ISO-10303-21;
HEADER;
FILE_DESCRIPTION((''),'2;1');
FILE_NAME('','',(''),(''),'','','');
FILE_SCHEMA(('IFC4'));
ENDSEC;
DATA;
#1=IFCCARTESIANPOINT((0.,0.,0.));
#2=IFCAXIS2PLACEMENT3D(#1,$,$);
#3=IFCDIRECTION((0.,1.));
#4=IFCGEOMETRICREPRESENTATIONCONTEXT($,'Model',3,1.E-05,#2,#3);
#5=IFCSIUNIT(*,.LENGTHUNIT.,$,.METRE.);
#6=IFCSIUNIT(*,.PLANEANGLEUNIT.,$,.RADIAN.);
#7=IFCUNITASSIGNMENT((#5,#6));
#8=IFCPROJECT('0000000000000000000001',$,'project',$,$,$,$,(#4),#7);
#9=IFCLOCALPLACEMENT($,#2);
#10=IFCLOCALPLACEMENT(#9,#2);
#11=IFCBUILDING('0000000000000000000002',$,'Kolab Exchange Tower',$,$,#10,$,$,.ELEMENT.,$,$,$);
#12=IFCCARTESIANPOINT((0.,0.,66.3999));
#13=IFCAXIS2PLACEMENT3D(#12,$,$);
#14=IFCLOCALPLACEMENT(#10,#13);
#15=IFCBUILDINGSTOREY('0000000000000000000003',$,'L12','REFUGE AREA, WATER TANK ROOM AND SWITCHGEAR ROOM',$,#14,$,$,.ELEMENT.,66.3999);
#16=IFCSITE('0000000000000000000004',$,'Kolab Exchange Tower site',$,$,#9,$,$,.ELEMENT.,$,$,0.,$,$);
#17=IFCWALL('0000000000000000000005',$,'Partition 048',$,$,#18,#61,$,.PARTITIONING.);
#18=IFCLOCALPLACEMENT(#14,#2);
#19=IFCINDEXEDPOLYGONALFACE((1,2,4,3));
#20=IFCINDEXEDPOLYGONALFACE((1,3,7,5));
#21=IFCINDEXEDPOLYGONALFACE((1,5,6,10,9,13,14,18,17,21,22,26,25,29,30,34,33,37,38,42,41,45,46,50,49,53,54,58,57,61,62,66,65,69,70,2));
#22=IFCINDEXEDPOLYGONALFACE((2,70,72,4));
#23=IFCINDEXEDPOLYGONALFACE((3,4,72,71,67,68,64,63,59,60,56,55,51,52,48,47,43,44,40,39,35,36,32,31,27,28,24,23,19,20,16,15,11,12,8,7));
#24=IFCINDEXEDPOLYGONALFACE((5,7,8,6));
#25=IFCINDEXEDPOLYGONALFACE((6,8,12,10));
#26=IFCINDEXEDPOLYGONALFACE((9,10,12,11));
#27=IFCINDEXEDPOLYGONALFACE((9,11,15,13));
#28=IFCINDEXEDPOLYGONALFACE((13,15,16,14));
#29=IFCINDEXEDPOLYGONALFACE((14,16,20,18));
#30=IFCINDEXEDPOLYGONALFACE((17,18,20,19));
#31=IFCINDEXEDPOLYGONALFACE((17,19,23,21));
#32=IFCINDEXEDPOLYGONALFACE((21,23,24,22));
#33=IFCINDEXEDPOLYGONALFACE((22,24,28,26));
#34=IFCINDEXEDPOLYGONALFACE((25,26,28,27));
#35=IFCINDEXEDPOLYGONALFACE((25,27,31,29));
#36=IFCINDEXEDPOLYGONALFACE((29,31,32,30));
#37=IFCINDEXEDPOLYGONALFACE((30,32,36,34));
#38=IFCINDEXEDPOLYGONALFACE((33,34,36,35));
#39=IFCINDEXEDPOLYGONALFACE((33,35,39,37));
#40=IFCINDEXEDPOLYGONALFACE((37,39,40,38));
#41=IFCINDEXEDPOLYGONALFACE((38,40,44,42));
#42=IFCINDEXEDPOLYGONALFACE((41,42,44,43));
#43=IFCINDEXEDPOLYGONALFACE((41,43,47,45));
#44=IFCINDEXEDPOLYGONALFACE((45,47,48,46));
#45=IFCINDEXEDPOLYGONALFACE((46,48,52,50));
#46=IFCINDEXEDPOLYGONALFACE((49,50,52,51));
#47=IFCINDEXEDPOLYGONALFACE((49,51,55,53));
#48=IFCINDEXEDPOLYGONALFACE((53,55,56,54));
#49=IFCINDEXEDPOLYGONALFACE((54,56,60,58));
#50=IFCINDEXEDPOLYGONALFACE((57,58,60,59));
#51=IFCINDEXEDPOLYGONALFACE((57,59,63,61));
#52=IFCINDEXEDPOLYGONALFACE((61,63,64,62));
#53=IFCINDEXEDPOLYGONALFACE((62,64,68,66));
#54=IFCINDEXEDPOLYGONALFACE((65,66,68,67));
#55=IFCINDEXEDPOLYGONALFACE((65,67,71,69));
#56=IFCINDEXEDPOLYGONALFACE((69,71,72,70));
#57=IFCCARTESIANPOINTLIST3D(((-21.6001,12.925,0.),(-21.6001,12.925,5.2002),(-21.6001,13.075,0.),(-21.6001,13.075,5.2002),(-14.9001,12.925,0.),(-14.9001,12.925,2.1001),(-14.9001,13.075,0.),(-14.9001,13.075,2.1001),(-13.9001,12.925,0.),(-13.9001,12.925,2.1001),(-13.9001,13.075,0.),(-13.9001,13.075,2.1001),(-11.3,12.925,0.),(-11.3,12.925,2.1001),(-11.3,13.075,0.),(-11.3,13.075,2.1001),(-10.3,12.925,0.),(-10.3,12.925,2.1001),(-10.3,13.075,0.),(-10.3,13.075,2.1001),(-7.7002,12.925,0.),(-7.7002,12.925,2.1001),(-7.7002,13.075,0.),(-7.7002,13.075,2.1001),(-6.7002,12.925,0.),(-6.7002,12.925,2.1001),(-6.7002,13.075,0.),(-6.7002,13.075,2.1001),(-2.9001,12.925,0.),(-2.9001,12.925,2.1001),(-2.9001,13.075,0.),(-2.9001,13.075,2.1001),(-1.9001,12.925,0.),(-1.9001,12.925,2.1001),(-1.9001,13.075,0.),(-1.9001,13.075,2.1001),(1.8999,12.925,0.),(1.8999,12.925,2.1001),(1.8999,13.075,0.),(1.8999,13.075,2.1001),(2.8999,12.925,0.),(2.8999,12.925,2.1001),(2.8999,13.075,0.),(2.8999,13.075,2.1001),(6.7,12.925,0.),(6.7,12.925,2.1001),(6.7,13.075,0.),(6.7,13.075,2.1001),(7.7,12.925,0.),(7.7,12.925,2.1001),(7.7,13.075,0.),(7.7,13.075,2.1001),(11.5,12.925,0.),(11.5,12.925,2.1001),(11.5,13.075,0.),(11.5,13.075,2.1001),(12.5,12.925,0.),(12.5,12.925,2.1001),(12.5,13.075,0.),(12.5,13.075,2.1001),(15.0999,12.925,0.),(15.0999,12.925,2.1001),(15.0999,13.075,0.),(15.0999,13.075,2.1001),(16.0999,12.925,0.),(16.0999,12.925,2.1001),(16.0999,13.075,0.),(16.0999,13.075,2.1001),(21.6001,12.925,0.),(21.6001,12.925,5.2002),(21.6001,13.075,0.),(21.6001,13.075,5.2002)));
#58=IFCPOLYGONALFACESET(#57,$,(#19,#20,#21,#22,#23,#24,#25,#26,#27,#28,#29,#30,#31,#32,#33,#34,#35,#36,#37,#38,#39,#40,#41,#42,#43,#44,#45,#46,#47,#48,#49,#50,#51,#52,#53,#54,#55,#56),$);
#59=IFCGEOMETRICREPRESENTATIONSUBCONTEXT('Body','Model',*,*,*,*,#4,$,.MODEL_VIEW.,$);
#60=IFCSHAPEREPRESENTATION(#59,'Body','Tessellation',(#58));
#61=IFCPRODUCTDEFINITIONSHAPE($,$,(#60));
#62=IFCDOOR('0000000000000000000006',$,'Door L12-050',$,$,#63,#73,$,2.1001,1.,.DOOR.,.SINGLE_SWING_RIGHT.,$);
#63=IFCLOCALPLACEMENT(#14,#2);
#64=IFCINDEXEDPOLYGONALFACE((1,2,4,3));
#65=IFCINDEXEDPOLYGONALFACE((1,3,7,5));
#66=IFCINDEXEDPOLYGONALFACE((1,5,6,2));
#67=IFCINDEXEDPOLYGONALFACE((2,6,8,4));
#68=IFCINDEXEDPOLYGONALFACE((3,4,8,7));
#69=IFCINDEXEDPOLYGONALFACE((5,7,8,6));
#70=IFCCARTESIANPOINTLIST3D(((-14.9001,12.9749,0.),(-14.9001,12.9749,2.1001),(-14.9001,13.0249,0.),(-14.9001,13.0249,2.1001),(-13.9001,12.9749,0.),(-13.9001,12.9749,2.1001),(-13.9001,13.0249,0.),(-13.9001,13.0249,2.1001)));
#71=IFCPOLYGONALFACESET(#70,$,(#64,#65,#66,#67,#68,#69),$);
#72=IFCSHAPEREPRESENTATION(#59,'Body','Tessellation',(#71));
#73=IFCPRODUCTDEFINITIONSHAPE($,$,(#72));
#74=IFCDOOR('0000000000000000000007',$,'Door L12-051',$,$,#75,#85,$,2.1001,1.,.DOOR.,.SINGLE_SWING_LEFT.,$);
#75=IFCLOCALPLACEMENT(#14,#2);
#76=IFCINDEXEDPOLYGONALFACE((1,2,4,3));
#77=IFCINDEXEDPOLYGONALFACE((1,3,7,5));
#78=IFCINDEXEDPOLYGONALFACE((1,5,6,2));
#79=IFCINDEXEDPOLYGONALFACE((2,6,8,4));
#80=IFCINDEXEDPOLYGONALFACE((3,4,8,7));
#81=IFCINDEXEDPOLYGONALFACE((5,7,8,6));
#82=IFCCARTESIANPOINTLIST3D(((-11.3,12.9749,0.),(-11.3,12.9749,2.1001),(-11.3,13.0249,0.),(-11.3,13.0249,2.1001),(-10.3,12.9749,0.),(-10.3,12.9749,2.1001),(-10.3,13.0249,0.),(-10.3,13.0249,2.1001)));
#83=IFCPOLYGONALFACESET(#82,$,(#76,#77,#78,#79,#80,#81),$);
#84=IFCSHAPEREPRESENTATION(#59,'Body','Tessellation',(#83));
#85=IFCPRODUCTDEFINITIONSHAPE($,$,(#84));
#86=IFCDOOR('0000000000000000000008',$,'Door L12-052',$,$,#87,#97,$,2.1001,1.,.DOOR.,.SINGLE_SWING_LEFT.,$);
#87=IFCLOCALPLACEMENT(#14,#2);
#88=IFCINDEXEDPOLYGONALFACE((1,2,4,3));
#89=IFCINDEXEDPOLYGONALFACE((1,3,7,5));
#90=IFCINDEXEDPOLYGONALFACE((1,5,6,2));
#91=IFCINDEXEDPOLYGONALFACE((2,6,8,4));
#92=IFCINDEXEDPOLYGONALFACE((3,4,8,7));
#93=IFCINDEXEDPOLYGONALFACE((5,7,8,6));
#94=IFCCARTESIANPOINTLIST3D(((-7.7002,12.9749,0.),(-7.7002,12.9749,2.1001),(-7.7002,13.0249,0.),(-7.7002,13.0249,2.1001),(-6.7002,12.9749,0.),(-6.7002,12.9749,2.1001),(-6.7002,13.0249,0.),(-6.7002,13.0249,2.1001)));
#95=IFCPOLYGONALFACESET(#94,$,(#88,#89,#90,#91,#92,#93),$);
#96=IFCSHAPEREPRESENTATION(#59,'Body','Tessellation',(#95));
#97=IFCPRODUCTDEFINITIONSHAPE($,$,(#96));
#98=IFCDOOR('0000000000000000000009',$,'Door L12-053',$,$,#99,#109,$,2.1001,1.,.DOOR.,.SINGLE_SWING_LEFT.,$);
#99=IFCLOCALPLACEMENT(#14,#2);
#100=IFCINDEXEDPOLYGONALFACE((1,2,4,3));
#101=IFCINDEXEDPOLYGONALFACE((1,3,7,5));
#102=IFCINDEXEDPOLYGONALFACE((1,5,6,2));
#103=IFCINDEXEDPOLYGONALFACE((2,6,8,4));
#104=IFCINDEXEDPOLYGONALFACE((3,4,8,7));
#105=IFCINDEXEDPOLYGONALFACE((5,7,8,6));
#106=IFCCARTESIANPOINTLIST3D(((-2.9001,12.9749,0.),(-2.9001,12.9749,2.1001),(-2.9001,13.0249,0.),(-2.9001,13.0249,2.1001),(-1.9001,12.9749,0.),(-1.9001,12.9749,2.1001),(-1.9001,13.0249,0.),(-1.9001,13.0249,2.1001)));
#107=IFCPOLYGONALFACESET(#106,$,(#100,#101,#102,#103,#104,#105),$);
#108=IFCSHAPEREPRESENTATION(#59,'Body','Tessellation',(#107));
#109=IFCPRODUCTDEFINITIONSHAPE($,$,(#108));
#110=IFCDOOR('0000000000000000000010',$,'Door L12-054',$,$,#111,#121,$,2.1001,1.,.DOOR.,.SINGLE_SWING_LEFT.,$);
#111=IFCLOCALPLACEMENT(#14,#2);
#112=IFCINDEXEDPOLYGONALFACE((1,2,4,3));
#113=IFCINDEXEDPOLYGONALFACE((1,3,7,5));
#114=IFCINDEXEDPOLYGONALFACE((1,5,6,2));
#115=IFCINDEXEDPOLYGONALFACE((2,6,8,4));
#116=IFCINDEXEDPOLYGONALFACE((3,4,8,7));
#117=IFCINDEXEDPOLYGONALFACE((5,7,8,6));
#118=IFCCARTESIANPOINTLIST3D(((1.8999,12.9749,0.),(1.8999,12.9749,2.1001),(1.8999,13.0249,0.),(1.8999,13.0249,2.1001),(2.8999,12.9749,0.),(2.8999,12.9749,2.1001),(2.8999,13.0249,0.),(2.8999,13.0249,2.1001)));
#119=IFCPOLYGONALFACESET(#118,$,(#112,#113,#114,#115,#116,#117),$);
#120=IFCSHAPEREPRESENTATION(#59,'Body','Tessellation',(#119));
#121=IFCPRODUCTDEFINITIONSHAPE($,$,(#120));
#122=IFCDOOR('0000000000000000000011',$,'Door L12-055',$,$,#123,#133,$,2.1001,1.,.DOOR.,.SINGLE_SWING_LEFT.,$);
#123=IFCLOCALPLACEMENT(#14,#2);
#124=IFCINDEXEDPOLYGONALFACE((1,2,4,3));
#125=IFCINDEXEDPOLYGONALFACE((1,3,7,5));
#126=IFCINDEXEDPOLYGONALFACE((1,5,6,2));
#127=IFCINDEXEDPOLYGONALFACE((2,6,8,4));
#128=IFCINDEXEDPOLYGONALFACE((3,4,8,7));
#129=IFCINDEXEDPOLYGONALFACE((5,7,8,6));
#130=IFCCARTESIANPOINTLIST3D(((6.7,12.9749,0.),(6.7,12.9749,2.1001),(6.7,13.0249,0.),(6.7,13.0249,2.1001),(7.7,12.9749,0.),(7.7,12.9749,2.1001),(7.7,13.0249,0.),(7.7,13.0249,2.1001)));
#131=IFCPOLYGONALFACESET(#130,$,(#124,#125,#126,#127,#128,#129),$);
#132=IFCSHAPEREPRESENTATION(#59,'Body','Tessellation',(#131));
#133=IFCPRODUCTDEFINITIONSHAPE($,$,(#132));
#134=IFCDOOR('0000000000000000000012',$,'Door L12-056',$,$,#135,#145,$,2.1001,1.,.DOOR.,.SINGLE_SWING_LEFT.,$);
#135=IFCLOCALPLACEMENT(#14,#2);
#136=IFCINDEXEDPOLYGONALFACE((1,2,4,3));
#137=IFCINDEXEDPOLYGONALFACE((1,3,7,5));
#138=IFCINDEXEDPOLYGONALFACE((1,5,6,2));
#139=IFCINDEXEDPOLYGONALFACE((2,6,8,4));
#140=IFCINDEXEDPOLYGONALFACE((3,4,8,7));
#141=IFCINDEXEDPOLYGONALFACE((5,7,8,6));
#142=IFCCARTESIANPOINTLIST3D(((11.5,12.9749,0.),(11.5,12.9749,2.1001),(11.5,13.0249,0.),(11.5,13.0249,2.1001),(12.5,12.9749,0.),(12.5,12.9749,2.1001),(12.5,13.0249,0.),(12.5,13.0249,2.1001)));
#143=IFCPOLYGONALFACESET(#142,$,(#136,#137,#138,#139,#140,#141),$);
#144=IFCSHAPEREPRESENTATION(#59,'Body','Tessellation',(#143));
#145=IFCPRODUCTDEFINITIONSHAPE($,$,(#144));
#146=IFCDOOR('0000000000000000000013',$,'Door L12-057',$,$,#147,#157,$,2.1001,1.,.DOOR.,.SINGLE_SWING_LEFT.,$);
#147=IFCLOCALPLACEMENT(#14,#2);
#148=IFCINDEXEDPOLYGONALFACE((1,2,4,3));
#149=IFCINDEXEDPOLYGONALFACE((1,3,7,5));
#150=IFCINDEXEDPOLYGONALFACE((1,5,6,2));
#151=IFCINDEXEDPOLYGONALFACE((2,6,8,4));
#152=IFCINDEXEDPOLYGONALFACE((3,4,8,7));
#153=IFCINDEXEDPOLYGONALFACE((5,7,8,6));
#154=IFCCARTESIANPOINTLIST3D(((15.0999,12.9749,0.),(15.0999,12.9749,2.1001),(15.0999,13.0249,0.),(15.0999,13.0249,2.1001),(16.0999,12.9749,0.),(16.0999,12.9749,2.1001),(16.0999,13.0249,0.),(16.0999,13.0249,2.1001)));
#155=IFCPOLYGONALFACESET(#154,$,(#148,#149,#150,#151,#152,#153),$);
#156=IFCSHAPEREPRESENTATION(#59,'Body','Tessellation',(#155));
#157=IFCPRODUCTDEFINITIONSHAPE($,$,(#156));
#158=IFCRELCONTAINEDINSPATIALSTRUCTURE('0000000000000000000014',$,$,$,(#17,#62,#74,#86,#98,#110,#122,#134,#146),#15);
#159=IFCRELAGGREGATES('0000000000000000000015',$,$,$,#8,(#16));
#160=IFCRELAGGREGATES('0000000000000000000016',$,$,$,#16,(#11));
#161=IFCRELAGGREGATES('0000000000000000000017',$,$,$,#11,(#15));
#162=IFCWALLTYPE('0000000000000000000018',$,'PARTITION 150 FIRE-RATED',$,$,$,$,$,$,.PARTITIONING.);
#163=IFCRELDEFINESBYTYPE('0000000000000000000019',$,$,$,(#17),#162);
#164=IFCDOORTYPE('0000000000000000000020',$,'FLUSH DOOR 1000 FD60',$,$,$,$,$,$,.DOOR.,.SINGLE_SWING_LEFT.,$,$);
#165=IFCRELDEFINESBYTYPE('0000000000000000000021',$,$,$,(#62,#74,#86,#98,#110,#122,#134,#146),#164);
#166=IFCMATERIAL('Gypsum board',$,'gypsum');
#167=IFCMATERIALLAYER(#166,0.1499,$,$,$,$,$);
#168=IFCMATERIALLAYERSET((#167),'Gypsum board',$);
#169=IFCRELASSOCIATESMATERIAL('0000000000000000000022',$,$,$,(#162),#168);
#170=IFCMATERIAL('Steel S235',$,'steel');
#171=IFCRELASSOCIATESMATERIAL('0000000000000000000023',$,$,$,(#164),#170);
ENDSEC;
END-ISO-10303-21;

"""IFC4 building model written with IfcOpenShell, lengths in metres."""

from ifc_helpers import new_model, si_unit, direction, frame, frame_2d, origin, place, context, subcontext, project, spatial, rectangle, extrude, material, layer, layer_set, type_object, element, fill, save


model = new_model("IFC4")

# Units and contexts
model_context = context("Model", 3, precision=1e-05, world=origin(), true_north=direction((0.0, 1.0)))
body_context = subcontext(model_context, "Body", "Model", "MODEL_VIEW")
ifc_project = project(units=[si_unit("LENGTHUNIT", "METRE"), si_unit("PLANEANGLEUNIT", "RADIAN")], contexts=[model_context])

# Site, building, storey
site_placement = place(None, origin())
site = spatial("IfcSite", under=ifc_project, at=site_placement, Name="Kolab Exchange Tower site", CompositionType="ELEMENT", RefElevation=0.0)
building_placement = place(site_placement, origin())
building = spatial("IfcBuilding", under=site, at=building_placement, Name="Kolab Exchange Tower", CompositionType="ELEMENT")
storey_placement = place(building_placement, frame((0.0, 0.0, 66.3999)))
storey = spatial("IfcBuildingStorey", under=building, at=storey_placement, Name="L12", Description="REFUGE AREA, WATER TANK ROOM AND SWITCHGEAR ROOM", CompositionType="ELEMENT", Elevation=66.3999)

# Shared definitions
ifc_material_1 = material(Name="Gypsum board", Category="gypsum")
ifc_layer_1 = layer(ifc_material_1, 0.1499)
ifc_layer_set_1 = layer_set([ifc_layer_1], Name="Gypsum board")
wall_type = type_object("IfcWallType", Name="PARTITION 150 FIRE-RATED", PredefinedType="PARTITIONING", material=ifc_layer_set_1)

# Wall, openings, doors
wall_1_placement = place(storey_placement, frame((-21.6001, 13.0, 0.0), z_axis=(0.0, 0.0, 1.0), x_axis=(1.0, 0.0, 0.0)))
wall_1 = element("IfcWall", 1, at=wall_1_placement, inside=storey, type_object=wall_type, Name="Partition 048", PredefinedType="PARTITIONING", context=body_context, shape_type="SweptSolid", body=[
    extrude(rectangle(XDim=43.2002, YDim=0.1499, at=frame_2d((21.6001, 0.0))), origin(), (0.0, 0.0, 1.0), 5.2002),
])
opening_1_placement = place(wall_1_placement, frame((6.7, 0.0, 0.0)))
opening_1 = element("IfcOpeningElement", 2, at=opening_1_placement, cuts=wall_1, PredefinedType="OPENING", context=body_context, shape_type="SweptSolid", body=[
    extrude(rectangle(XDim=1.0, YDim=2.1001, at=frame_2d((0.5, 1.05))), frame((0.0, 0.085, 0.0), z_axis=(0.0, -1.0, 0.0), x_axis=(1.0, 0.0, 0.0)), (0.0, 0.0, 1.0), 0.1699),
])
opening_2_placement = place(wall_1_placement, frame((10.3, 0.0, 0.0)))
opening_2 = element("IfcOpeningElement", 3, at=opening_2_placement, cuts=wall_1, PredefinedType="OPENING", context=body_context, shape_type="SweptSolid", body=[
    extrude(rectangle(XDim=1.0, YDim=2.1001, at=frame_2d((0.5, 1.05))), frame((0.0, 0.085, 0.0), z_axis=(0.0, -1.0, 0.0), x_axis=(1.0, 0.0, 0.0)), (0.0, 0.0, 1.0), 0.1699),
])
opening_3_placement = place(wall_1_placement, frame((13.8999, 0.0, 0.0)))
opening_3 = element("IfcOpeningElement", 4, at=opening_3_placement, cuts=wall_1, PredefinedType="OPENING", context=body_context, shape_type="SweptSolid", body=[
    extrude(rectangle(XDim=1.0, YDim=2.1001, at=frame_2d((0.5, 1.05))), frame((0.0, 0.085, 0.0), z_axis=(0.0, -1.0, 0.0), x_axis=(1.0, 0.0, 0.0)), (0.0, 0.0, 1.0), 0.1699),
])
opening_4_placement = place(wall_1_placement, frame((18.7, 0.0, 0.0)))
opening_4 = element("IfcOpeningElement", 5, at=opening_4_placement, cuts=wall_1, PredefinedType="OPENING", context=body_context, shape_type="SweptSolid", body=[
    extrude(rectangle(XDim=1.0, YDim=2.1001, at=frame_2d((0.5, 1.05))), frame((0.0, 0.085, 0.0), z_axis=(0.0, -1.0, 0.0), x_axis=(1.0, 0.0, 0.0)), (0.0, 0.0, 1.0), 0.1699),
])
opening_5_placement = place(wall_1_placement, frame((23.5, 0.0, 0.0)))
opening_5 = element("IfcOpeningElement", 6, at=opening_5_placement, cuts=wall_1, PredefinedType="OPENING", context=body_context, shape_type="SweptSolid", body=[
    extrude(rectangle(XDim=1.0, YDim=2.1001, at=frame_2d((0.5, 1.05))), frame((0.0, 0.085, 0.0), z_axis=(0.0, -1.0, 0.0), x_axis=(1.0, 0.0, 0.0)), (0.0, 0.0, 1.0), 0.1699),
])
opening_6_placement = place(wall_1_placement, frame((28.3, 0.0, 0.0)))
opening_6 = element("IfcOpeningElement", 7, at=opening_6_placement, cuts=wall_1, PredefinedType="OPENING", context=body_context, shape_type="SweptSolid", body=[
    extrude(rectangle(XDim=1.0, YDim=2.1001, at=frame_2d((0.5, 1.05))), frame((0.0, 0.085, 0.0), z_axis=(0.0, -1.0, 0.0), x_axis=(1.0, 0.0, 0.0)), (0.0, 0.0, 1.0), 0.1699),
])
opening_7_placement = place(wall_1_placement, frame((33.1001, 0.0, 0.0)))
opening_7 = element("IfcOpeningElement", 8, at=opening_7_placement, cuts=wall_1, PredefinedType="OPENING", context=body_context, shape_type="SweptSolid", body=[
    extrude(rectangle(XDim=1.0, YDim=2.1001, at=frame_2d((0.5, 1.05))), frame((0.0, 0.085, 0.0), z_axis=(0.0, -1.0, 0.0), x_axis=(1.0, 0.0, 0.0)), (0.0, 0.0, 1.0), 0.1699),
])
opening_8_placement = place(wall_1_placement, frame((36.7, 0.0, 0.0)))
opening_8 = element("IfcOpeningElement", 9, at=opening_8_placement, cuts=wall_1, PredefinedType="OPENING", context=body_context, shape_type="SweptSolid", body=[
    extrude(rectangle(XDim=1.0, YDim=2.1001, at=frame_2d((0.5, 1.05))), frame((0.0, 0.085, 0.0), z_axis=(0.0, -1.0, 0.0), x_axis=(1.0, 0.0, 0.0)), (0.0, 0.0, 1.0), 0.1699),
])
ifc_material_2 = material(Name="Steel S235", Category="steel")
door_type = type_object("IfcDoorType", Name="FLUSH DOOR 1000 FD60", OperationType="SINGLE_SWING_LEFT", PredefinedType="DOOR", material=ifc_material_2)
door_1_placement = place(opening_1_placement, origin())
door_1 = element("IfcDoor", 10, at=door_1_placement, inside=storey, type_object=door_type, Name="Door L12-050", OperationType="SINGLE_SWING_RIGHT", OverallHeight=2.1001, OverallWidth=1.0, PredefinedType="DOOR", context=body_context, shape_type="SweptSolid", body=[
    extrude(rectangle(XDim=1.0, YDim=2.1001, at=frame_2d((0.5, 1.05))), frame((0.0, 0.0249, 0.0), z_axis=(0.0, -1.0, 0.0), x_axis=(1.0, 0.0, 0.0)), (0.0, 0.0, 1.0), 0.05),
])
fill(opening_1, door_1)
door_2_placement = place(opening_2_placement, origin())
door_2 = element("IfcDoor", 11, at=door_2_placement, inside=storey, type_object=door_type, Name="Door L12-051", OperationType="SINGLE_SWING_LEFT", OverallHeight=2.1001, OverallWidth=1.0, PredefinedType="DOOR", context=body_context, shape_type="SweptSolid", body=[
    extrude(rectangle(XDim=1.0, YDim=2.1001, at=frame_2d((0.5, 1.05))), frame((0.0, 0.0249, 0.0), z_axis=(0.0, -1.0, 0.0), x_axis=(1.0, 0.0, 0.0)), (0.0, 0.0, 1.0), 0.05),
])
fill(opening_2, door_2)
door_3_placement = place(opening_3_placement, origin())
door_3 = element("IfcDoor", 12, at=door_3_placement, inside=storey, type_object=door_type, Name="Door L12-052", OperationType="SINGLE_SWING_LEFT", OverallHeight=2.1001, OverallWidth=1.0, PredefinedType="DOOR", context=body_context, shape_type="SweptSolid", body=[
    extrude(rectangle(XDim=1.0, YDim=2.1001, at=frame_2d((0.5, 1.05))), frame((0.0, 0.0249, 0.0), z_axis=(0.0, -1.0, 0.0), x_axis=(1.0, 0.0, 0.0)), (0.0, 0.0, 1.0), 0.05),
])
fill(opening_3, door_3)
door_4_placement = place(opening_4_placement, origin())
door_4 = element("IfcDoor", 13, at=door_4_placement, inside=storey, type_object=door_type, Name="Door L12-053", OperationType="SINGLE_SWING_LEFT", OverallHeight=2.1001, OverallWidth=1.0, PredefinedType="DOOR", context=body_context, shape_type="SweptSolid", body=[
    extrude(rectangle(XDim=1.0, YDim=2.1001, at=frame_2d((0.5, 1.05))), frame((0.0, 0.0249, 0.0), z_axis=(0.0, -1.0, 0.0), x_axis=(1.0, 0.0, 0.0)), (0.0, 0.0, 1.0), 0.05),
])
fill(opening_4, door_4)
door_5_placement = place(opening_5_placement, origin())
door_5 = element("IfcDoor", 14, at=door_5_placement, inside=storey, type_object=door_type, Name="Door L12-054", OperationType="SINGLE_SWING_LEFT", OverallHeight=2.1001, OverallWidth=1.0, PredefinedType="DOOR", context=body_context, shape_type="SweptSolid", body=[
    extrude(rectangle(XDim=1.0, YDim=2.1001, at=frame_2d((0.5, 1.05))), frame((0.0, 0.0249, 0.0), z_axis=(0.0, -1.0, 0.0), x_axis=(1.0, 0.0, 0.0)), (0.0, 0.0, 1.0), 0.05),
])
fill(opening_5, door_5)
door_6_placement = place(opening_6_placement, origin())
door_6 = element("IfcDoor", 15, at=door_6_placement, inside=storey, type_object=door_type, Name="Door L12-055", OperationType="SINGLE_SWING_LEFT", OverallHeight=2.1001, OverallWidth=1.0, PredefinedType="DOOR", context=body_context, shape_type="SweptSolid", body=[
    extrude(rectangle(XDim=1.0, YDim=2.1001, at=frame_2d((0.5, 1.05))), frame((0.0, 0.0249, 0.0), z_axis=(0.0, -1.0, 0.0), x_axis=(1.0, 0.0, 0.0)), (0.0, 0.0, 1.0), 0.05),
])
fill(opening_6, door_6)
door_7_placement = place(opening_7_placement, origin())
door_7 = element("IfcDoor", 16, at=door_7_placement, inside=storey, type_object=door_type, Name="Door L12-056", OperationType="SINGLE_SWING_LEFT", OverallHeight=2.1001, OverallWidth=1.0, PredefinedType="DOOR", context=body_context, shape_type="SweptSolid", body=[
    extrude(rectangle(XDim=1.0, YDim=2.1001, at=frame_2d((0.5, 1.05))), frame((0.0, 0.0249, 0.0), z_axis=(0.0, -1.0, 0.0), x_axis=(1.0, 0.0, 0.0)), (0.0, 0.0, 1.0), 0.05),
])
fill(opening_7, door_7)
door_8_placement = place(opening_8_placement, origin())
door_8 = element("IfcDoor", 17, at=door_8_placement, inside=storey, type_object=door_type, Name="Door L12-057", OperationType="SINGLE_SWING_LEFT", OverallHeight=2.1001, OverallWidth=1.0, PredefinedType="DOOR", context=body_context, shape_type="SweptSolid", body=[
    extrude(rectangle(XDim=1.0, YDim=2.1001, at=frame_2d((0.5, 1.05))), frame((0.0, 0.0249, 0.0), z_axis=(0.0, -1.0, 0.0), x_axis=(1.0, 0.0, 0.0)), (0.0, 0.0, 1.0), 0.05),
])
fill(opening_8, door_8)

save(model, "model.ifc")
